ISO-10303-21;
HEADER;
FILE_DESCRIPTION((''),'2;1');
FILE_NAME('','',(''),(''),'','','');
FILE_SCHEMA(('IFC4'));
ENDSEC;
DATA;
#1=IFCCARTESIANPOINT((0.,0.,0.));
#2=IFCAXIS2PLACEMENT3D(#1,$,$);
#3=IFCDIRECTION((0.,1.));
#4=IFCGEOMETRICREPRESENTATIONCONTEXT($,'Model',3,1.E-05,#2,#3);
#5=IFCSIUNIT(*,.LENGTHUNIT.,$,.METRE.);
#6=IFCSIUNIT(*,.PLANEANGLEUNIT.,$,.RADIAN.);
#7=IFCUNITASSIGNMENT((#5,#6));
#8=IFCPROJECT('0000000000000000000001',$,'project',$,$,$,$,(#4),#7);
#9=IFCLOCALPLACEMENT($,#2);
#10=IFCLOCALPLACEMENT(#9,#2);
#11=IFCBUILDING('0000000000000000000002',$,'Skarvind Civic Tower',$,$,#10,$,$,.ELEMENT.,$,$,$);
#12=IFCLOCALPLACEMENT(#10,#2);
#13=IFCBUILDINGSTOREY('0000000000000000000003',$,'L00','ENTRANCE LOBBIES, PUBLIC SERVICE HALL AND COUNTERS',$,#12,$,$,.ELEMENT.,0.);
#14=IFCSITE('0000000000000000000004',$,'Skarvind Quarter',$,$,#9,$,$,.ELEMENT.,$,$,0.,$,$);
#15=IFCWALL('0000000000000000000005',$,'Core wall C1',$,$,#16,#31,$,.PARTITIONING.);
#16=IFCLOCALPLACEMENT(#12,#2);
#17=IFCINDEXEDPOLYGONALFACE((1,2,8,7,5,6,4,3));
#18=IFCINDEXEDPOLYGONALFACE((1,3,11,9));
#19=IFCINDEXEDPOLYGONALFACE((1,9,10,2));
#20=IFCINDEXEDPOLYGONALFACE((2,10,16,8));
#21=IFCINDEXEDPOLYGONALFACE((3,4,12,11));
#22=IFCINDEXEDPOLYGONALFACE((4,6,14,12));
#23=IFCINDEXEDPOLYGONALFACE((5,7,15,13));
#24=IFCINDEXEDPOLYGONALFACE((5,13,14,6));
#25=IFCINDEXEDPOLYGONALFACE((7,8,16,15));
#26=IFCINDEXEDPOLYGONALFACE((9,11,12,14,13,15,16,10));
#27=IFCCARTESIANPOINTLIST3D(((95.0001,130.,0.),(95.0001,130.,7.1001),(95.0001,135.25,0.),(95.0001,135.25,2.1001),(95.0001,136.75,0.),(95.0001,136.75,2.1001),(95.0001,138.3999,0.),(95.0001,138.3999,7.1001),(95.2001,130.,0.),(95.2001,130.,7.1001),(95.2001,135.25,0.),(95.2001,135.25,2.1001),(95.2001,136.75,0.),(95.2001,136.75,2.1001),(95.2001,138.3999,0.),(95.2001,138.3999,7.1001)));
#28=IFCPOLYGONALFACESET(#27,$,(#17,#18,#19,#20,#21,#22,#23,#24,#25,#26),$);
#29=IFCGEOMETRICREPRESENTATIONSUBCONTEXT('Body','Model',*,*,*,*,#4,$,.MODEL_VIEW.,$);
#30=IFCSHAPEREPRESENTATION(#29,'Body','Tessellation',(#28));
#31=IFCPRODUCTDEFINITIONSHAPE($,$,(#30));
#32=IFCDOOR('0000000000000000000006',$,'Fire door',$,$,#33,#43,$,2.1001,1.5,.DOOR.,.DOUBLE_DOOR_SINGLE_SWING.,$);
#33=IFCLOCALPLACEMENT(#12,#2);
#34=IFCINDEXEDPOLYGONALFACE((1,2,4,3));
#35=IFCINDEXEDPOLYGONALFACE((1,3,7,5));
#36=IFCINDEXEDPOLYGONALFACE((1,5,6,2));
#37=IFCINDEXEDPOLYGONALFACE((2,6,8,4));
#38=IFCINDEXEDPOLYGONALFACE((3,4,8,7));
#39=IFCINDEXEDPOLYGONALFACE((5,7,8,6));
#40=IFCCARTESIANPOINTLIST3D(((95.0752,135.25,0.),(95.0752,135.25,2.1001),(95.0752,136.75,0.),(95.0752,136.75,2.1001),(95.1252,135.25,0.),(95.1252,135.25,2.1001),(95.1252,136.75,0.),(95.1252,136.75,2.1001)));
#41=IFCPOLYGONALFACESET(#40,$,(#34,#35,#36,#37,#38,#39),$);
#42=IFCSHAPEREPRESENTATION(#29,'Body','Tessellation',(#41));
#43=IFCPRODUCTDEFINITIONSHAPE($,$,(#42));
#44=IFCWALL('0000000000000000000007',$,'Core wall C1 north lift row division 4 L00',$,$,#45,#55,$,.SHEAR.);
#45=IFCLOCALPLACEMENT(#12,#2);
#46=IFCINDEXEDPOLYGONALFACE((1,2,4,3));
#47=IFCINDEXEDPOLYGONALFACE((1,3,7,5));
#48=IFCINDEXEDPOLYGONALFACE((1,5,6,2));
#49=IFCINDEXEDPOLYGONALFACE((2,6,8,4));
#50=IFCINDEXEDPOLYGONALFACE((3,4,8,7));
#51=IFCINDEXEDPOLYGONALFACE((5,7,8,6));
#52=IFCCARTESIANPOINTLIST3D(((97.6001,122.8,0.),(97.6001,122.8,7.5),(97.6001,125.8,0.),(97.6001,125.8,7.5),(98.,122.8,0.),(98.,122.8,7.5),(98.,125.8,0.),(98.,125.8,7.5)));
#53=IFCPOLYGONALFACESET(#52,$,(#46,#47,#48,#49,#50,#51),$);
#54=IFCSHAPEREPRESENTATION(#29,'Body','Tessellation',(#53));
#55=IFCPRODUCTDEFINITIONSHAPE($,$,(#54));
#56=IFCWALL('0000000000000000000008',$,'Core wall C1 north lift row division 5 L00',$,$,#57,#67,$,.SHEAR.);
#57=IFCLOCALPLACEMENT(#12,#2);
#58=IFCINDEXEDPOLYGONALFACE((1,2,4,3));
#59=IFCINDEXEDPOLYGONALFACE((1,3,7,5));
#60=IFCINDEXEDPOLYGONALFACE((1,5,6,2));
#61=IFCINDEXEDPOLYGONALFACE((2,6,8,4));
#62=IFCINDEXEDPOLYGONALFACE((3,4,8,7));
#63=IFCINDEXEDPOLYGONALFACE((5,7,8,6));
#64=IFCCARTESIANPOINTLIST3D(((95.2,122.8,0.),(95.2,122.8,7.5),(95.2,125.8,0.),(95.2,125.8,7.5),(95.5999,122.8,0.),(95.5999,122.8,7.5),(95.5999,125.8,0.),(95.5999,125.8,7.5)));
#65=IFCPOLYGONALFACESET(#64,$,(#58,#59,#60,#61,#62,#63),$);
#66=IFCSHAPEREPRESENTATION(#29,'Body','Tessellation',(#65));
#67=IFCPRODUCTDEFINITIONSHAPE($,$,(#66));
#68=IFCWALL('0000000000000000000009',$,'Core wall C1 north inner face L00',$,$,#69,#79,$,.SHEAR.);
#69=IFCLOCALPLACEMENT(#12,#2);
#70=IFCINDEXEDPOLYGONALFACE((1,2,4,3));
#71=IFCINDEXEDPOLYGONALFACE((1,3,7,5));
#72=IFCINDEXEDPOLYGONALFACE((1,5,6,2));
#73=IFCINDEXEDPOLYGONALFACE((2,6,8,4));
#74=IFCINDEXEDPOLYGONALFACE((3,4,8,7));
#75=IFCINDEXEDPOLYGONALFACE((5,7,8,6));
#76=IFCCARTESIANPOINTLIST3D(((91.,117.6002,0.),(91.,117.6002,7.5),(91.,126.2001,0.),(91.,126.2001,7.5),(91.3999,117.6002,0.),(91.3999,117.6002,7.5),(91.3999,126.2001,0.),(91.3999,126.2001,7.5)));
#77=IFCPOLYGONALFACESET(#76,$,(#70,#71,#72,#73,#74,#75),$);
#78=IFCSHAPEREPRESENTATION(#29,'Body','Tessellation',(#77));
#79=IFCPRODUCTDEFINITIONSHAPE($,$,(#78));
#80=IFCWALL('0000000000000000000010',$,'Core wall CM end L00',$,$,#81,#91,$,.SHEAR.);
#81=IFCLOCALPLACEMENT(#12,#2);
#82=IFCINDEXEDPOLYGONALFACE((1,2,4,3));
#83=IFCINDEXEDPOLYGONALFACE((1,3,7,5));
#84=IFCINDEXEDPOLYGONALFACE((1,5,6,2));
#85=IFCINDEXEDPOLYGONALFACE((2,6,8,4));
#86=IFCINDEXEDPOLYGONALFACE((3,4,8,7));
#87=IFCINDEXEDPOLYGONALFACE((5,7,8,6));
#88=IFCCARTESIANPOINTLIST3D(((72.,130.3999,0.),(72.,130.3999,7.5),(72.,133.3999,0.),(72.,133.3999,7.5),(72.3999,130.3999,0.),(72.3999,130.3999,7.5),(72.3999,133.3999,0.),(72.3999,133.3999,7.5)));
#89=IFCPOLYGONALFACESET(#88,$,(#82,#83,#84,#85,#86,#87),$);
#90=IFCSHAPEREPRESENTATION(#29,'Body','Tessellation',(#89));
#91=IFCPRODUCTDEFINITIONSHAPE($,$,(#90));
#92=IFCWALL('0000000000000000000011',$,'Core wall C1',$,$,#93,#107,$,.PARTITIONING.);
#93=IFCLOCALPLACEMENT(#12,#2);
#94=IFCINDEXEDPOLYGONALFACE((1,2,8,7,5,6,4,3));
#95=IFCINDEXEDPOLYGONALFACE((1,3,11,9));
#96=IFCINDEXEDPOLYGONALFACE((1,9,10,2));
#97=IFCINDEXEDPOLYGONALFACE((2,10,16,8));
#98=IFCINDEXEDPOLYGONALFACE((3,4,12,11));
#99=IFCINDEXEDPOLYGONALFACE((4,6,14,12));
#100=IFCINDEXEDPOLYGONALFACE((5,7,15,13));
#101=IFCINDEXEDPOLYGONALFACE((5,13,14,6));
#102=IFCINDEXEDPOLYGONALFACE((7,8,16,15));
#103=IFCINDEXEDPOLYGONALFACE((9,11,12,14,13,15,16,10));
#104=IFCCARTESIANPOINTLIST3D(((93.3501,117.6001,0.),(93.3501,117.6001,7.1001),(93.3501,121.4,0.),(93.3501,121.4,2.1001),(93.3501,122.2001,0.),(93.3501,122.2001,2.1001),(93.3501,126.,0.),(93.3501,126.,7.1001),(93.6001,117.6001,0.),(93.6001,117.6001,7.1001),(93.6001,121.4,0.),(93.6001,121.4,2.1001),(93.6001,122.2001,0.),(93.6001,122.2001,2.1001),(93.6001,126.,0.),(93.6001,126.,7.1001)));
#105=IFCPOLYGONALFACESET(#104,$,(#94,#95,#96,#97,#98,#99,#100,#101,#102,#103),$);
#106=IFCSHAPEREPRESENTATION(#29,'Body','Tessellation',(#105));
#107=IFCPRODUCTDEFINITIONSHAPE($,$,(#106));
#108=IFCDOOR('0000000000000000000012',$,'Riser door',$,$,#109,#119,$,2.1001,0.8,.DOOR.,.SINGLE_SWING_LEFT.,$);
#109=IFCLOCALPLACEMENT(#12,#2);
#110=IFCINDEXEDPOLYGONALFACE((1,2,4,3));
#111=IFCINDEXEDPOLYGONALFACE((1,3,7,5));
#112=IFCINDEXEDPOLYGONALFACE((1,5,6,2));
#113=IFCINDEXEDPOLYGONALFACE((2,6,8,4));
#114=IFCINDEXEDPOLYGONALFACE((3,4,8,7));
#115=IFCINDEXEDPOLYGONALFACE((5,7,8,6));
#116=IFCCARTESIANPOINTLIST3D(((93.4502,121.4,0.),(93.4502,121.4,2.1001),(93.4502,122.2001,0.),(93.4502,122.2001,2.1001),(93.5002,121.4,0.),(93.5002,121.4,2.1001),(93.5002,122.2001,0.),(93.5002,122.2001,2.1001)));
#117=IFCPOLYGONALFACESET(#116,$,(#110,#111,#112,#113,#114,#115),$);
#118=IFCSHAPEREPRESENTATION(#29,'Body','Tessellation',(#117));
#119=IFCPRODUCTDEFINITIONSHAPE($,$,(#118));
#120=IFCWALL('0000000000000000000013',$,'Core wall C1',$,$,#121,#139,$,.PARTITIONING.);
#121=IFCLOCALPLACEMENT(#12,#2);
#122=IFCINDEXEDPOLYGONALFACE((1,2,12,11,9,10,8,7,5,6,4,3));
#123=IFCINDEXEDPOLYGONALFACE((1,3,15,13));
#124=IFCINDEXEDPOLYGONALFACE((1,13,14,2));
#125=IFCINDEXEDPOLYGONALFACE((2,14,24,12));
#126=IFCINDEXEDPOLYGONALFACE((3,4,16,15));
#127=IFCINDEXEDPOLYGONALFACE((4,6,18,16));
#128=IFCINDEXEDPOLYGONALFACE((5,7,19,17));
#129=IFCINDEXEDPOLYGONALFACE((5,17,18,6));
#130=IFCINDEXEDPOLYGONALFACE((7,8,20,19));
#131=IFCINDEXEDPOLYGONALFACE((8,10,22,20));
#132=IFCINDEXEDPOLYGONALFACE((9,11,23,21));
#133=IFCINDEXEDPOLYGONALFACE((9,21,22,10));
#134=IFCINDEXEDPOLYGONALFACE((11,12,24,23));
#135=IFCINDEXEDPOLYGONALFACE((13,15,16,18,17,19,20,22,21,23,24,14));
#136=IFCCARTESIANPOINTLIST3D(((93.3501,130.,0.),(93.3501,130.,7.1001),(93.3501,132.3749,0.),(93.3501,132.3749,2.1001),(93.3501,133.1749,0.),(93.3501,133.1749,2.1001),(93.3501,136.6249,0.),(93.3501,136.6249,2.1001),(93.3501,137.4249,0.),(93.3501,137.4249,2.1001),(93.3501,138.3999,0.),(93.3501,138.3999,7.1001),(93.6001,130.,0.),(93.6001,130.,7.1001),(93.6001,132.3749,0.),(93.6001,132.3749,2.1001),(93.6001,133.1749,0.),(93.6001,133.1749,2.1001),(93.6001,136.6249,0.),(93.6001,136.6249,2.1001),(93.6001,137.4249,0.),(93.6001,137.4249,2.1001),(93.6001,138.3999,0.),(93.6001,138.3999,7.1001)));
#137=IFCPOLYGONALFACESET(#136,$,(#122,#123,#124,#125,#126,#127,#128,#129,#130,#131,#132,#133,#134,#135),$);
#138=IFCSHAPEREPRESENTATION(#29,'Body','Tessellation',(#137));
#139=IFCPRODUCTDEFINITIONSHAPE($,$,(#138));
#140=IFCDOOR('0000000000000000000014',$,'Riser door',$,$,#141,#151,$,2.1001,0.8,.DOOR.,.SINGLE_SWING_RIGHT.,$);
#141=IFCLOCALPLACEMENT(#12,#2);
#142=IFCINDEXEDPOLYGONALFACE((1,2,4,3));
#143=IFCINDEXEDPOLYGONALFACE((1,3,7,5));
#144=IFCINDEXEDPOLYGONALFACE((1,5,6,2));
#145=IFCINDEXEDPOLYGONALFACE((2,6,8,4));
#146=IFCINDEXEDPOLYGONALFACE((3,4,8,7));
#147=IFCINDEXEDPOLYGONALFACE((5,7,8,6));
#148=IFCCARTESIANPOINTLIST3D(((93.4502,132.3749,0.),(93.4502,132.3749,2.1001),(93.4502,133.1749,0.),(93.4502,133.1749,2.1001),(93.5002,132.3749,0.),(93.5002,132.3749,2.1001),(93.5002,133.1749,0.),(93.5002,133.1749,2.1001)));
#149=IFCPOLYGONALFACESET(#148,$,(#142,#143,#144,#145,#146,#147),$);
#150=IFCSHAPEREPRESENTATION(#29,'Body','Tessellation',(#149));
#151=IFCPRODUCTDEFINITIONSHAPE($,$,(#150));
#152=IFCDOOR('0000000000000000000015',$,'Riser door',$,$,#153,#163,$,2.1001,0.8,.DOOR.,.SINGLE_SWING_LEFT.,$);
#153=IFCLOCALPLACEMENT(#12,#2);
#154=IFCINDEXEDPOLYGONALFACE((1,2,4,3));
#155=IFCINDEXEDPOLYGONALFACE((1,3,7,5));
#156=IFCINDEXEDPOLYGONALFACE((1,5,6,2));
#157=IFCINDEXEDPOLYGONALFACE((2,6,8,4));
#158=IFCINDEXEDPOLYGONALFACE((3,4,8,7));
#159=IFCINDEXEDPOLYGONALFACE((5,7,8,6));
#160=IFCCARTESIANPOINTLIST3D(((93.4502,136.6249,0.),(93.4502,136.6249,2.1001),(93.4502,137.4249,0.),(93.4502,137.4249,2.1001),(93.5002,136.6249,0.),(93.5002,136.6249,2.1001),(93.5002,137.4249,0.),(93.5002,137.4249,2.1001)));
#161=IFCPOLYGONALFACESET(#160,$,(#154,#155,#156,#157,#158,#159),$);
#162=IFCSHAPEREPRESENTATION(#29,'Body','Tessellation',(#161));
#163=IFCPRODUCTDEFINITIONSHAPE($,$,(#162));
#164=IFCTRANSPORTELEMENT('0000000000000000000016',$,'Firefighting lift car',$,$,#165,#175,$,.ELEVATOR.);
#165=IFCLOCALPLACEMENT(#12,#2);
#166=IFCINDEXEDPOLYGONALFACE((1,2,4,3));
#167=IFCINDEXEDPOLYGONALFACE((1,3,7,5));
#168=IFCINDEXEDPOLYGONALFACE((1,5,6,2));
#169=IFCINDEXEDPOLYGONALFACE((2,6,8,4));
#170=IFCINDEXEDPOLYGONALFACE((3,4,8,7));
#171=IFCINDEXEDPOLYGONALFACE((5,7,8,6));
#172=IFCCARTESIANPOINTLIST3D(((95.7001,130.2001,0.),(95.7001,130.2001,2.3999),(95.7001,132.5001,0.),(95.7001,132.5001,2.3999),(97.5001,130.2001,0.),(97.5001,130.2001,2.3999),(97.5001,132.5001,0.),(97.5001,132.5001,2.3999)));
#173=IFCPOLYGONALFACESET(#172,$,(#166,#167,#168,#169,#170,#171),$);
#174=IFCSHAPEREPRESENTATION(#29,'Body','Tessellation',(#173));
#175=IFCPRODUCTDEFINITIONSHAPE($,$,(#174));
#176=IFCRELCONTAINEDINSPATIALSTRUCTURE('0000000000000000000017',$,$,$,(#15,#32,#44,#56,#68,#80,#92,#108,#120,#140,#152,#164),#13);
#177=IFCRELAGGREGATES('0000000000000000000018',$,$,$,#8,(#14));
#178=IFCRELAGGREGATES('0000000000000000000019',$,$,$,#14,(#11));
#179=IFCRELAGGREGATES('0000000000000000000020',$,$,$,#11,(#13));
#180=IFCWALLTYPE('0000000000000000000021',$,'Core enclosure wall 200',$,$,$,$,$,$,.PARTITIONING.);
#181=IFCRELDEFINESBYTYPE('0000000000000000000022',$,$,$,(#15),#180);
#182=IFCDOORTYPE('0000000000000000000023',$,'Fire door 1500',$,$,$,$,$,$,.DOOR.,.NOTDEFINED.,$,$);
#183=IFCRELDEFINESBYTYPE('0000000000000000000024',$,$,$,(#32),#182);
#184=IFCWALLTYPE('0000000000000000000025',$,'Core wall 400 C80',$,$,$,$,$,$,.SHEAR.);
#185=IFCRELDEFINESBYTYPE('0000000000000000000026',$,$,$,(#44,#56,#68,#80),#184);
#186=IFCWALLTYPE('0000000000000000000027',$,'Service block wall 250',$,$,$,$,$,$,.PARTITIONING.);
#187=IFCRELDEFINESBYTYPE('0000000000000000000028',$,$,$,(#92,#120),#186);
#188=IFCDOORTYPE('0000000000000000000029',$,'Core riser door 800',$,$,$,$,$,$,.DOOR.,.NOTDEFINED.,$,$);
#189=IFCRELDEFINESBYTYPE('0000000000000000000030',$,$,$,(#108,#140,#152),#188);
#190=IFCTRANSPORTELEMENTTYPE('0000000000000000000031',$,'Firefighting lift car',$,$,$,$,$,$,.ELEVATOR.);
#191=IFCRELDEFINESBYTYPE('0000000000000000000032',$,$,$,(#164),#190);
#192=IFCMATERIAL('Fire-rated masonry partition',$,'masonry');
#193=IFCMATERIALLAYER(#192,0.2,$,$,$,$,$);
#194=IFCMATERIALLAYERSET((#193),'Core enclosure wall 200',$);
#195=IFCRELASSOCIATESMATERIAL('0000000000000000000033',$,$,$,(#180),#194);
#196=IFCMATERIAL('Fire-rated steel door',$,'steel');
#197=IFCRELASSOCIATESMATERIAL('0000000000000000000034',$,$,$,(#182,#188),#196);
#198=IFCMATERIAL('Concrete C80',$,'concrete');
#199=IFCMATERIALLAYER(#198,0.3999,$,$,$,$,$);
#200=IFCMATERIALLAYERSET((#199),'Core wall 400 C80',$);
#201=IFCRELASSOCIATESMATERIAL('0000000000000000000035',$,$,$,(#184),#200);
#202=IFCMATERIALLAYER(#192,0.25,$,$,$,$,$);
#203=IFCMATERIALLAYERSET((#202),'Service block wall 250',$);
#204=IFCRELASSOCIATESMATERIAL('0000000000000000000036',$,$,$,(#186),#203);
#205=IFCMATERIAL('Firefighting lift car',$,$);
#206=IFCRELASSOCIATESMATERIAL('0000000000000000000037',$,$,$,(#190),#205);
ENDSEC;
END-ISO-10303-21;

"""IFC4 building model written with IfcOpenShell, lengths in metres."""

from ifc_helpers import new_model, si_unit, direction, frame, frame_2d, origin, origin_2d, place, context, subcontext, project, spatial, rectangle, extrude, material, layer, layer_set, type_object, element, fill, save


model = new_model("IFC4")

# Units and contexts
model_context = context("Model", 3, precision=1e-05, world=origin(), true_north=direction((0.0, 1.0)))
body_context = subcontext(model_context, "Body", "Model", "MODEL_VIEW")
ifc_project = project(units=[si_unit("LENGTHUNIT", "METRE"), si_unit("PLANEANGLEUNIT", "RADIAN")], contexts=[model_context])

# Site, building, storey
site_placement = place(None, origin())
site = spatial("IfcSite", under=ifc_project, at=site_placement, Name="Skarvind Quarter", CompositionType="ELEMENT", RefElevation=0.0)
building_placement = place(site_placement, origin())
building = spatial("IfcBuilding", under=site, at=building_placement, Name="Skarvind Civic Tower", CompositionType="ELEMENT")
storey_placement = place(building_placement, origin())
storey = spatial("IfcBuildingStorey", under=building, at=storey_placement, Name="L00", Description="ENTRANCE LOBBIES, PUBLIC SERVICE HALL AND COUNTERS", CompositionType="ELEMENT", Elevation=0.0)

# Shared definitions
ifc_material_1 = material(Name="Concrete C80", Category="concrete")

# Wall, opening, door
ifc_material_2 = material(Name="Fire-rated masonry partition", Category="masonry")
ifc_layer_1 = layer(ifc_material_2, 0.2)
ifc_layer_set_1 = layer_set([ifc_layer_1], Name="Core enclosure wall 200")
wall_type_1 = type_object("IfcWallType", Name="Core enclosure wall 200", PredefinedType="PARTITIONING", material=ifc_layer_set_1)
ifc_material_3 = material(Name="Fire-rated steel door", Category="steel")
door_type_1 = type_object("IfcDoorType", Name="Fire door 1500", OperationType="NOTDEFINED", PredefinedType="DOOR", material=ifc_material_3)
wall_1_placement = place(storey_placement, frame((95.1001, 130.0, 0.0), z_axis=(0.0, 0.0, 1.0), x_axis=(0.0, 1.0, 0.0)))
wall_1 = element("IfcWall", 1, at=wall_1_placement, inside=storey, type_object=wall_type_1, Name="Core wall C1", PredefinedType="PARTITIONING", context=body_context, shape_type="SweptSolid", body=[
    extrude(rectangle(XDim=8.3999, YDim=0.2, at=frame_2d((4.2, 0.0))), origin(), (0.0, 0.0, 1.0), 7.1001),
])
opening_1_placement = place(wall_1_placement, frame((5.25, 0.0, 0.0)))
opening_1 = element("IfcOpeningElement", 2, at=opening_1_placement, cuts=wall_1, PredefinedType="OPENING", context=body_context, shape_type="SweptSolid", body=[
    extrude(rectangle(XDim=1.5, YDim=2.1001, at=frame_2d((0.75, 1.05))), frame((0.0, 0.1099, 0.0), z_axis=(0.0, -1.0, 0.0), x_axis=(1.0, 0.0, 0.0)), (0.0, 0.0, 1.0), 0.22),
])
door_1_placement = place(opening_1_placement, origin())
door_1 = element("IfcDoor", 3, at=door_1_placement, inside=storey, type_object=door_type_1, Name="Fire door", OperationType="DOUBLE_DOOR_SINGLE_SWING", OverallHeight=2.1001, OverallWidth=1.5, PredefinedType="DOOR", context=body_context, shape_type="SweptSolid", body=[
    extrude(rectangle(XDim=1.5, YDim=2.1001, at=frame_2d((0.75, 1.05))), frame((0.0, 0.0249, 0.0), z_axis=(0.0, -1.0, 0.0), x_axis=(1.0, 0.0, 0.0)), (0.0, 0.0, 1.0), 0.05),
])
fill(opening_1, door_1)

# Walls
ifc_layer_2 = layer(ifc_material_1, 0.3999)
ifc_layer_set_2 = layer_set([ifc_layer_2], Name="Core wall 400 C80")
wall_type_2 = type_object("IfcWallType", Name="Core wall 400 C80", PredefinedType="SHEAR", material=ifc_layer_set_2)
for number, where, z_axis, x_axis, name in (
    (4, (97.8, 125.8, 0.0), (0.0, 0.0, 1.0), (0.0, -1.0, 0.0), "Core wall C1 north lift row division 4 L00"),
    (5, (95.3999, 125.8, 0.0), (0.0, 0.0, 1.0), (0.0, -1.0, 0.0), "Core wall C1 north lift row division 5 L00"),
):
    element("IfcWall", number, at=place(storey_placement, frame(where, z_axis=z_axis, x_axis=x_axis)), inside=storey, type_object=wall_type_2, Name=name, PredefinedType="SHEAR", context=body_context, shape_type="SweptSolid", body=[
        extrude(rectangle(XDim=3.0, YDim=0.3999, at=frame_2d((1.5, 0.0))), origin(), (0.0, 0.0, 1.0), 7.5),
    ])
wall_2_placement = place(storey_placement, frame((91.2, 126.2, 0.0), z_axis=(0.0, 0.0, 1.0), x_axis=(0.0, -1.0, 0.0)))
element("IfcWall", 6, at=wall_2_placement, inside=storey, type_object=wall_type_2, Name="Core wall C1 north inner face L00", PredefinedType="SHEAR", context=body_context, shape_type="SweptSolid", body=[
    extrude(rectangle(XDim=8.5999, YDim=0.3999, at=frame_2d((4.2998, 0.0))), origin(), (0.0, 0.0, 1.0), 7.5),
])
wall_3_placement = place(storey_placement, frame((72.2, 130.3999, 0.0), z_axis=(0.0, 0.0, 1.0), x_axis=(0.0, 1.0, 0.0)))
element("IfcWall", 7, at=wall_3_placement, inside=storey, type_object=wall_type_2, Name="Core wall CM end L00", PredefinedType="SHEAR", context=body_context, shape_type="SweptSolid", body=[
    extrude(rectangle(XDim=3.0, YDim=0.3999, at=frame_2d((1.5, 0.0))), origin(), (0.0, 0.0, 1.0), 7.5),
])

# Wall, opening, door
ifc_layer_3 = layer(ifc_material_2, 0.25)
ifc_layer_set_3 = layer_set([ifc_layer_3], Name="Service block wall 250")
wall_type_3 = type_object("IfcWallType", Name="Service block wall 250", PredefinedType="PARTITIONING", material=ifc_layer_set_3)
wall_4_placement = place(storey_placement, frame((93.4751, 117.6001, 0.0), z_axis=(0.0, 0.0, 1.0), x_axis=(0.0, 1.0, 0.0)))
wall_4 = element("IfcWall", 8, at=wall_4_placement, inside=storey, type_object=wall_type_3, Name="Core wall C1", PredefinedType="PARTITIONING", context=body_context, shape_type="SweptSolid", body=[
    extrude(rectangle(XDim=8.3999, YDim=0.25, at=frame_2d((4.2, 0.0))), origin(), (0.0, 0.0, 1.0), 7.1001),
])
opening_2_placement = place(wall_4_placement, frame((3.8, 0.0, 0.0)))
opening_2 = element("IfcOpeningElement", 9, at=opening_2_placement, cuts=wall_4, PredefinedType="OPENING", context=body_context, shape_type="SweptSolid", body=[
    extrude(rectangle(XDim=0.8, YDim=2.1001, at=frame_2d((0.3999, 1.05))), frame((0.0, 0.135, 0.0), z_axis=(0.0, -1.0, 0.0), x_axis=(1.0, 0.0, 0.0)), (0.0, 0.0, 1.0), 0.27),
])
door_type_2 = type_object("IfcDoorType", Name="Core riser door 800", OperationType="NOTDEFINED", PredefinedType="DOOR", material=ifc_material_3)
door_2_placement = place(opening_2_placement, origin())
door_2 = element("IfcDoor", 10, at=door_2_placement, inside=storey, type_object=door_type_2, Name="Riser door", OperationType="SINGLE_SWING_LEFT", OverallHeight=2.1001, OverallWidth=0.8, PredefinedType="DOOR", context=body_context, shape_type="SweptSolid", body=[
    extrude(rectangle(XDim=0.8, YDim=2.1001, at=frame_2d((0.3999, 1.05))), frame((0.0, 0.0249, 0.0), z_axis=(0.0, -1.0, 0.0), x_axis=(1.0, 0.0, 0.0)), (0.0, 0.0, 1.0), 0.05),
])
fill(opening_2, door_2)

# Wall, openings, doors
wall_5_placement = place(storey_placement, frame((93.4751, 130.0, 0.0), z_axis=(0.0, 0.0, 1.0), x_axis=(0.0, 1.0, 0.0)))
wall_5 = element("IfcWall", 11, at=wall_5_placement, inside=storey, type_object=wall_type_3, Name="Core wall C1", PredefinedType="PARTITIONING", context=body_context, shape_type="SweptSolid", body=[
    extrude(rectangle(XDim=8.3999, YDim=0.25, at=frame_2d((4.2, 0.0))), origin(), (0.0, 0.0, 1.0), 7.1001),
])
opening_3_placement = place(wall_5_placement, frame((2.375, 0.0, 0.0)))
opening_3 = element("IfcOpeningElement", 12, at=opening_3_placement, cuts=wall_5, PredefinedType="OPENING", context=body_context, shape_type="SweptSolid", body=[
    extrude(rectangle(XDim=0.8, YDim=2.1001, at=frame_2d((0.3999, 1.05))), frame((0.0, 0.135, 0.0), z_axis=(0.0, -1.0, 0.0), x_axis=(1.0, 0.0, 0.0)), (0.0, 0.0, 1.0), 0.27),
])
opening_4_placement = place(wall_5_placement, frame((6.625, 0.0, 0.0)))
opening_4 = element("IfcOpeningElement", 13, at=opening_4_placement, cuts=wall_5, PredefinedType="OPENING", context=body_context, shape_type="SweptSolid", body=[
    extrude(rectangle(XDim=0.8, YDim=2.1001, at=frame_2d((0.3999, 1.05))), frame((0.0, 0.135, 0.0), z_axis=(0.0, -1.0, 0.0), x_axis=(1.0, 0.0, 0.0)), (0.0, 0.0, 1.0), 0.27),
])
door_3_placement = place(opening_3_placement, origin())
door_3 = element("IfcDoor", 14, at=door_3_placement, inside=storey, type_object=door_type_2, Name="Riser door", OperationType="SINGLE_SWING_RIGHT", OverallHeight=2.1001, OverallWidth=0.8, PredefinedType="DOOR", context=body_context, shape_type="SweptSolid", body=[
    extrude(rectangle(XDim=0.8, YDim=2.1001, at=frame_2d((0.3999, 1.05))), frame((0.0, 0.0249, 0.0), z_axis=(0.0, -1.0, 0.0), x_axis=(1.0, 0.0, 0.0)), (0.0, 0.0, 1.0), 0.05),
])
fill(opening_3, door_3)
door_4_placement = place(opening_4_placement, origin())
door_4 = element("IfcDoor", 15, at=door_4_placement, inside=storey, type_object=door_type_2, Name="Riser door", OperationType="SINGLE_SWING_LEFT", OverallHeight=2.1001, OverallWidth=0.8, PredefinedType="DOOR", context=body_context, shape_type="SweptSolid", body=[
    extrude(rectangle(XDim=0.8, YDim=2.1001, at=frame_2d((0.3999, 1.05))), frame((0.0, 0.0249, 0.0), z_axis=(0.0, -1.0, 0.0), x_axis=(1.0, 0.0, 0.0)), (0.0, 0.0, 1.0), 0.05),
])
fill(opening_4, door_4)

# Transport element
ifc_material_4 = material(Name="Firefighting lift car")
transport_element_type = type_object("IfcTransportElementType", Name="Firefighting lift car", PredefinedType="ELEVATOR", material=ifc_material_4)
transport_element_placement = place(storey_placement, frame((96.6001, 131.3501, 0.0), z_axis=(0.0, 0.0, 1.0), x_axis=(-1.0, 0.0, 0.0)))
element("IfcTransportElement", 16, at=transport_element_placement, inside=storey, type_object=transport_element_type, Name="Firefighting lift car", PredefinedType="ELEVATOR", context=body_context, shape_type="SweptSolid", body=[
    extrude(rectangle(XDim=1.8, YDim=2.3, at=origin_2d()), origin(), (0.0, 0.0, 1.0), 2.3999),
])

save(model, "model.ifc")
